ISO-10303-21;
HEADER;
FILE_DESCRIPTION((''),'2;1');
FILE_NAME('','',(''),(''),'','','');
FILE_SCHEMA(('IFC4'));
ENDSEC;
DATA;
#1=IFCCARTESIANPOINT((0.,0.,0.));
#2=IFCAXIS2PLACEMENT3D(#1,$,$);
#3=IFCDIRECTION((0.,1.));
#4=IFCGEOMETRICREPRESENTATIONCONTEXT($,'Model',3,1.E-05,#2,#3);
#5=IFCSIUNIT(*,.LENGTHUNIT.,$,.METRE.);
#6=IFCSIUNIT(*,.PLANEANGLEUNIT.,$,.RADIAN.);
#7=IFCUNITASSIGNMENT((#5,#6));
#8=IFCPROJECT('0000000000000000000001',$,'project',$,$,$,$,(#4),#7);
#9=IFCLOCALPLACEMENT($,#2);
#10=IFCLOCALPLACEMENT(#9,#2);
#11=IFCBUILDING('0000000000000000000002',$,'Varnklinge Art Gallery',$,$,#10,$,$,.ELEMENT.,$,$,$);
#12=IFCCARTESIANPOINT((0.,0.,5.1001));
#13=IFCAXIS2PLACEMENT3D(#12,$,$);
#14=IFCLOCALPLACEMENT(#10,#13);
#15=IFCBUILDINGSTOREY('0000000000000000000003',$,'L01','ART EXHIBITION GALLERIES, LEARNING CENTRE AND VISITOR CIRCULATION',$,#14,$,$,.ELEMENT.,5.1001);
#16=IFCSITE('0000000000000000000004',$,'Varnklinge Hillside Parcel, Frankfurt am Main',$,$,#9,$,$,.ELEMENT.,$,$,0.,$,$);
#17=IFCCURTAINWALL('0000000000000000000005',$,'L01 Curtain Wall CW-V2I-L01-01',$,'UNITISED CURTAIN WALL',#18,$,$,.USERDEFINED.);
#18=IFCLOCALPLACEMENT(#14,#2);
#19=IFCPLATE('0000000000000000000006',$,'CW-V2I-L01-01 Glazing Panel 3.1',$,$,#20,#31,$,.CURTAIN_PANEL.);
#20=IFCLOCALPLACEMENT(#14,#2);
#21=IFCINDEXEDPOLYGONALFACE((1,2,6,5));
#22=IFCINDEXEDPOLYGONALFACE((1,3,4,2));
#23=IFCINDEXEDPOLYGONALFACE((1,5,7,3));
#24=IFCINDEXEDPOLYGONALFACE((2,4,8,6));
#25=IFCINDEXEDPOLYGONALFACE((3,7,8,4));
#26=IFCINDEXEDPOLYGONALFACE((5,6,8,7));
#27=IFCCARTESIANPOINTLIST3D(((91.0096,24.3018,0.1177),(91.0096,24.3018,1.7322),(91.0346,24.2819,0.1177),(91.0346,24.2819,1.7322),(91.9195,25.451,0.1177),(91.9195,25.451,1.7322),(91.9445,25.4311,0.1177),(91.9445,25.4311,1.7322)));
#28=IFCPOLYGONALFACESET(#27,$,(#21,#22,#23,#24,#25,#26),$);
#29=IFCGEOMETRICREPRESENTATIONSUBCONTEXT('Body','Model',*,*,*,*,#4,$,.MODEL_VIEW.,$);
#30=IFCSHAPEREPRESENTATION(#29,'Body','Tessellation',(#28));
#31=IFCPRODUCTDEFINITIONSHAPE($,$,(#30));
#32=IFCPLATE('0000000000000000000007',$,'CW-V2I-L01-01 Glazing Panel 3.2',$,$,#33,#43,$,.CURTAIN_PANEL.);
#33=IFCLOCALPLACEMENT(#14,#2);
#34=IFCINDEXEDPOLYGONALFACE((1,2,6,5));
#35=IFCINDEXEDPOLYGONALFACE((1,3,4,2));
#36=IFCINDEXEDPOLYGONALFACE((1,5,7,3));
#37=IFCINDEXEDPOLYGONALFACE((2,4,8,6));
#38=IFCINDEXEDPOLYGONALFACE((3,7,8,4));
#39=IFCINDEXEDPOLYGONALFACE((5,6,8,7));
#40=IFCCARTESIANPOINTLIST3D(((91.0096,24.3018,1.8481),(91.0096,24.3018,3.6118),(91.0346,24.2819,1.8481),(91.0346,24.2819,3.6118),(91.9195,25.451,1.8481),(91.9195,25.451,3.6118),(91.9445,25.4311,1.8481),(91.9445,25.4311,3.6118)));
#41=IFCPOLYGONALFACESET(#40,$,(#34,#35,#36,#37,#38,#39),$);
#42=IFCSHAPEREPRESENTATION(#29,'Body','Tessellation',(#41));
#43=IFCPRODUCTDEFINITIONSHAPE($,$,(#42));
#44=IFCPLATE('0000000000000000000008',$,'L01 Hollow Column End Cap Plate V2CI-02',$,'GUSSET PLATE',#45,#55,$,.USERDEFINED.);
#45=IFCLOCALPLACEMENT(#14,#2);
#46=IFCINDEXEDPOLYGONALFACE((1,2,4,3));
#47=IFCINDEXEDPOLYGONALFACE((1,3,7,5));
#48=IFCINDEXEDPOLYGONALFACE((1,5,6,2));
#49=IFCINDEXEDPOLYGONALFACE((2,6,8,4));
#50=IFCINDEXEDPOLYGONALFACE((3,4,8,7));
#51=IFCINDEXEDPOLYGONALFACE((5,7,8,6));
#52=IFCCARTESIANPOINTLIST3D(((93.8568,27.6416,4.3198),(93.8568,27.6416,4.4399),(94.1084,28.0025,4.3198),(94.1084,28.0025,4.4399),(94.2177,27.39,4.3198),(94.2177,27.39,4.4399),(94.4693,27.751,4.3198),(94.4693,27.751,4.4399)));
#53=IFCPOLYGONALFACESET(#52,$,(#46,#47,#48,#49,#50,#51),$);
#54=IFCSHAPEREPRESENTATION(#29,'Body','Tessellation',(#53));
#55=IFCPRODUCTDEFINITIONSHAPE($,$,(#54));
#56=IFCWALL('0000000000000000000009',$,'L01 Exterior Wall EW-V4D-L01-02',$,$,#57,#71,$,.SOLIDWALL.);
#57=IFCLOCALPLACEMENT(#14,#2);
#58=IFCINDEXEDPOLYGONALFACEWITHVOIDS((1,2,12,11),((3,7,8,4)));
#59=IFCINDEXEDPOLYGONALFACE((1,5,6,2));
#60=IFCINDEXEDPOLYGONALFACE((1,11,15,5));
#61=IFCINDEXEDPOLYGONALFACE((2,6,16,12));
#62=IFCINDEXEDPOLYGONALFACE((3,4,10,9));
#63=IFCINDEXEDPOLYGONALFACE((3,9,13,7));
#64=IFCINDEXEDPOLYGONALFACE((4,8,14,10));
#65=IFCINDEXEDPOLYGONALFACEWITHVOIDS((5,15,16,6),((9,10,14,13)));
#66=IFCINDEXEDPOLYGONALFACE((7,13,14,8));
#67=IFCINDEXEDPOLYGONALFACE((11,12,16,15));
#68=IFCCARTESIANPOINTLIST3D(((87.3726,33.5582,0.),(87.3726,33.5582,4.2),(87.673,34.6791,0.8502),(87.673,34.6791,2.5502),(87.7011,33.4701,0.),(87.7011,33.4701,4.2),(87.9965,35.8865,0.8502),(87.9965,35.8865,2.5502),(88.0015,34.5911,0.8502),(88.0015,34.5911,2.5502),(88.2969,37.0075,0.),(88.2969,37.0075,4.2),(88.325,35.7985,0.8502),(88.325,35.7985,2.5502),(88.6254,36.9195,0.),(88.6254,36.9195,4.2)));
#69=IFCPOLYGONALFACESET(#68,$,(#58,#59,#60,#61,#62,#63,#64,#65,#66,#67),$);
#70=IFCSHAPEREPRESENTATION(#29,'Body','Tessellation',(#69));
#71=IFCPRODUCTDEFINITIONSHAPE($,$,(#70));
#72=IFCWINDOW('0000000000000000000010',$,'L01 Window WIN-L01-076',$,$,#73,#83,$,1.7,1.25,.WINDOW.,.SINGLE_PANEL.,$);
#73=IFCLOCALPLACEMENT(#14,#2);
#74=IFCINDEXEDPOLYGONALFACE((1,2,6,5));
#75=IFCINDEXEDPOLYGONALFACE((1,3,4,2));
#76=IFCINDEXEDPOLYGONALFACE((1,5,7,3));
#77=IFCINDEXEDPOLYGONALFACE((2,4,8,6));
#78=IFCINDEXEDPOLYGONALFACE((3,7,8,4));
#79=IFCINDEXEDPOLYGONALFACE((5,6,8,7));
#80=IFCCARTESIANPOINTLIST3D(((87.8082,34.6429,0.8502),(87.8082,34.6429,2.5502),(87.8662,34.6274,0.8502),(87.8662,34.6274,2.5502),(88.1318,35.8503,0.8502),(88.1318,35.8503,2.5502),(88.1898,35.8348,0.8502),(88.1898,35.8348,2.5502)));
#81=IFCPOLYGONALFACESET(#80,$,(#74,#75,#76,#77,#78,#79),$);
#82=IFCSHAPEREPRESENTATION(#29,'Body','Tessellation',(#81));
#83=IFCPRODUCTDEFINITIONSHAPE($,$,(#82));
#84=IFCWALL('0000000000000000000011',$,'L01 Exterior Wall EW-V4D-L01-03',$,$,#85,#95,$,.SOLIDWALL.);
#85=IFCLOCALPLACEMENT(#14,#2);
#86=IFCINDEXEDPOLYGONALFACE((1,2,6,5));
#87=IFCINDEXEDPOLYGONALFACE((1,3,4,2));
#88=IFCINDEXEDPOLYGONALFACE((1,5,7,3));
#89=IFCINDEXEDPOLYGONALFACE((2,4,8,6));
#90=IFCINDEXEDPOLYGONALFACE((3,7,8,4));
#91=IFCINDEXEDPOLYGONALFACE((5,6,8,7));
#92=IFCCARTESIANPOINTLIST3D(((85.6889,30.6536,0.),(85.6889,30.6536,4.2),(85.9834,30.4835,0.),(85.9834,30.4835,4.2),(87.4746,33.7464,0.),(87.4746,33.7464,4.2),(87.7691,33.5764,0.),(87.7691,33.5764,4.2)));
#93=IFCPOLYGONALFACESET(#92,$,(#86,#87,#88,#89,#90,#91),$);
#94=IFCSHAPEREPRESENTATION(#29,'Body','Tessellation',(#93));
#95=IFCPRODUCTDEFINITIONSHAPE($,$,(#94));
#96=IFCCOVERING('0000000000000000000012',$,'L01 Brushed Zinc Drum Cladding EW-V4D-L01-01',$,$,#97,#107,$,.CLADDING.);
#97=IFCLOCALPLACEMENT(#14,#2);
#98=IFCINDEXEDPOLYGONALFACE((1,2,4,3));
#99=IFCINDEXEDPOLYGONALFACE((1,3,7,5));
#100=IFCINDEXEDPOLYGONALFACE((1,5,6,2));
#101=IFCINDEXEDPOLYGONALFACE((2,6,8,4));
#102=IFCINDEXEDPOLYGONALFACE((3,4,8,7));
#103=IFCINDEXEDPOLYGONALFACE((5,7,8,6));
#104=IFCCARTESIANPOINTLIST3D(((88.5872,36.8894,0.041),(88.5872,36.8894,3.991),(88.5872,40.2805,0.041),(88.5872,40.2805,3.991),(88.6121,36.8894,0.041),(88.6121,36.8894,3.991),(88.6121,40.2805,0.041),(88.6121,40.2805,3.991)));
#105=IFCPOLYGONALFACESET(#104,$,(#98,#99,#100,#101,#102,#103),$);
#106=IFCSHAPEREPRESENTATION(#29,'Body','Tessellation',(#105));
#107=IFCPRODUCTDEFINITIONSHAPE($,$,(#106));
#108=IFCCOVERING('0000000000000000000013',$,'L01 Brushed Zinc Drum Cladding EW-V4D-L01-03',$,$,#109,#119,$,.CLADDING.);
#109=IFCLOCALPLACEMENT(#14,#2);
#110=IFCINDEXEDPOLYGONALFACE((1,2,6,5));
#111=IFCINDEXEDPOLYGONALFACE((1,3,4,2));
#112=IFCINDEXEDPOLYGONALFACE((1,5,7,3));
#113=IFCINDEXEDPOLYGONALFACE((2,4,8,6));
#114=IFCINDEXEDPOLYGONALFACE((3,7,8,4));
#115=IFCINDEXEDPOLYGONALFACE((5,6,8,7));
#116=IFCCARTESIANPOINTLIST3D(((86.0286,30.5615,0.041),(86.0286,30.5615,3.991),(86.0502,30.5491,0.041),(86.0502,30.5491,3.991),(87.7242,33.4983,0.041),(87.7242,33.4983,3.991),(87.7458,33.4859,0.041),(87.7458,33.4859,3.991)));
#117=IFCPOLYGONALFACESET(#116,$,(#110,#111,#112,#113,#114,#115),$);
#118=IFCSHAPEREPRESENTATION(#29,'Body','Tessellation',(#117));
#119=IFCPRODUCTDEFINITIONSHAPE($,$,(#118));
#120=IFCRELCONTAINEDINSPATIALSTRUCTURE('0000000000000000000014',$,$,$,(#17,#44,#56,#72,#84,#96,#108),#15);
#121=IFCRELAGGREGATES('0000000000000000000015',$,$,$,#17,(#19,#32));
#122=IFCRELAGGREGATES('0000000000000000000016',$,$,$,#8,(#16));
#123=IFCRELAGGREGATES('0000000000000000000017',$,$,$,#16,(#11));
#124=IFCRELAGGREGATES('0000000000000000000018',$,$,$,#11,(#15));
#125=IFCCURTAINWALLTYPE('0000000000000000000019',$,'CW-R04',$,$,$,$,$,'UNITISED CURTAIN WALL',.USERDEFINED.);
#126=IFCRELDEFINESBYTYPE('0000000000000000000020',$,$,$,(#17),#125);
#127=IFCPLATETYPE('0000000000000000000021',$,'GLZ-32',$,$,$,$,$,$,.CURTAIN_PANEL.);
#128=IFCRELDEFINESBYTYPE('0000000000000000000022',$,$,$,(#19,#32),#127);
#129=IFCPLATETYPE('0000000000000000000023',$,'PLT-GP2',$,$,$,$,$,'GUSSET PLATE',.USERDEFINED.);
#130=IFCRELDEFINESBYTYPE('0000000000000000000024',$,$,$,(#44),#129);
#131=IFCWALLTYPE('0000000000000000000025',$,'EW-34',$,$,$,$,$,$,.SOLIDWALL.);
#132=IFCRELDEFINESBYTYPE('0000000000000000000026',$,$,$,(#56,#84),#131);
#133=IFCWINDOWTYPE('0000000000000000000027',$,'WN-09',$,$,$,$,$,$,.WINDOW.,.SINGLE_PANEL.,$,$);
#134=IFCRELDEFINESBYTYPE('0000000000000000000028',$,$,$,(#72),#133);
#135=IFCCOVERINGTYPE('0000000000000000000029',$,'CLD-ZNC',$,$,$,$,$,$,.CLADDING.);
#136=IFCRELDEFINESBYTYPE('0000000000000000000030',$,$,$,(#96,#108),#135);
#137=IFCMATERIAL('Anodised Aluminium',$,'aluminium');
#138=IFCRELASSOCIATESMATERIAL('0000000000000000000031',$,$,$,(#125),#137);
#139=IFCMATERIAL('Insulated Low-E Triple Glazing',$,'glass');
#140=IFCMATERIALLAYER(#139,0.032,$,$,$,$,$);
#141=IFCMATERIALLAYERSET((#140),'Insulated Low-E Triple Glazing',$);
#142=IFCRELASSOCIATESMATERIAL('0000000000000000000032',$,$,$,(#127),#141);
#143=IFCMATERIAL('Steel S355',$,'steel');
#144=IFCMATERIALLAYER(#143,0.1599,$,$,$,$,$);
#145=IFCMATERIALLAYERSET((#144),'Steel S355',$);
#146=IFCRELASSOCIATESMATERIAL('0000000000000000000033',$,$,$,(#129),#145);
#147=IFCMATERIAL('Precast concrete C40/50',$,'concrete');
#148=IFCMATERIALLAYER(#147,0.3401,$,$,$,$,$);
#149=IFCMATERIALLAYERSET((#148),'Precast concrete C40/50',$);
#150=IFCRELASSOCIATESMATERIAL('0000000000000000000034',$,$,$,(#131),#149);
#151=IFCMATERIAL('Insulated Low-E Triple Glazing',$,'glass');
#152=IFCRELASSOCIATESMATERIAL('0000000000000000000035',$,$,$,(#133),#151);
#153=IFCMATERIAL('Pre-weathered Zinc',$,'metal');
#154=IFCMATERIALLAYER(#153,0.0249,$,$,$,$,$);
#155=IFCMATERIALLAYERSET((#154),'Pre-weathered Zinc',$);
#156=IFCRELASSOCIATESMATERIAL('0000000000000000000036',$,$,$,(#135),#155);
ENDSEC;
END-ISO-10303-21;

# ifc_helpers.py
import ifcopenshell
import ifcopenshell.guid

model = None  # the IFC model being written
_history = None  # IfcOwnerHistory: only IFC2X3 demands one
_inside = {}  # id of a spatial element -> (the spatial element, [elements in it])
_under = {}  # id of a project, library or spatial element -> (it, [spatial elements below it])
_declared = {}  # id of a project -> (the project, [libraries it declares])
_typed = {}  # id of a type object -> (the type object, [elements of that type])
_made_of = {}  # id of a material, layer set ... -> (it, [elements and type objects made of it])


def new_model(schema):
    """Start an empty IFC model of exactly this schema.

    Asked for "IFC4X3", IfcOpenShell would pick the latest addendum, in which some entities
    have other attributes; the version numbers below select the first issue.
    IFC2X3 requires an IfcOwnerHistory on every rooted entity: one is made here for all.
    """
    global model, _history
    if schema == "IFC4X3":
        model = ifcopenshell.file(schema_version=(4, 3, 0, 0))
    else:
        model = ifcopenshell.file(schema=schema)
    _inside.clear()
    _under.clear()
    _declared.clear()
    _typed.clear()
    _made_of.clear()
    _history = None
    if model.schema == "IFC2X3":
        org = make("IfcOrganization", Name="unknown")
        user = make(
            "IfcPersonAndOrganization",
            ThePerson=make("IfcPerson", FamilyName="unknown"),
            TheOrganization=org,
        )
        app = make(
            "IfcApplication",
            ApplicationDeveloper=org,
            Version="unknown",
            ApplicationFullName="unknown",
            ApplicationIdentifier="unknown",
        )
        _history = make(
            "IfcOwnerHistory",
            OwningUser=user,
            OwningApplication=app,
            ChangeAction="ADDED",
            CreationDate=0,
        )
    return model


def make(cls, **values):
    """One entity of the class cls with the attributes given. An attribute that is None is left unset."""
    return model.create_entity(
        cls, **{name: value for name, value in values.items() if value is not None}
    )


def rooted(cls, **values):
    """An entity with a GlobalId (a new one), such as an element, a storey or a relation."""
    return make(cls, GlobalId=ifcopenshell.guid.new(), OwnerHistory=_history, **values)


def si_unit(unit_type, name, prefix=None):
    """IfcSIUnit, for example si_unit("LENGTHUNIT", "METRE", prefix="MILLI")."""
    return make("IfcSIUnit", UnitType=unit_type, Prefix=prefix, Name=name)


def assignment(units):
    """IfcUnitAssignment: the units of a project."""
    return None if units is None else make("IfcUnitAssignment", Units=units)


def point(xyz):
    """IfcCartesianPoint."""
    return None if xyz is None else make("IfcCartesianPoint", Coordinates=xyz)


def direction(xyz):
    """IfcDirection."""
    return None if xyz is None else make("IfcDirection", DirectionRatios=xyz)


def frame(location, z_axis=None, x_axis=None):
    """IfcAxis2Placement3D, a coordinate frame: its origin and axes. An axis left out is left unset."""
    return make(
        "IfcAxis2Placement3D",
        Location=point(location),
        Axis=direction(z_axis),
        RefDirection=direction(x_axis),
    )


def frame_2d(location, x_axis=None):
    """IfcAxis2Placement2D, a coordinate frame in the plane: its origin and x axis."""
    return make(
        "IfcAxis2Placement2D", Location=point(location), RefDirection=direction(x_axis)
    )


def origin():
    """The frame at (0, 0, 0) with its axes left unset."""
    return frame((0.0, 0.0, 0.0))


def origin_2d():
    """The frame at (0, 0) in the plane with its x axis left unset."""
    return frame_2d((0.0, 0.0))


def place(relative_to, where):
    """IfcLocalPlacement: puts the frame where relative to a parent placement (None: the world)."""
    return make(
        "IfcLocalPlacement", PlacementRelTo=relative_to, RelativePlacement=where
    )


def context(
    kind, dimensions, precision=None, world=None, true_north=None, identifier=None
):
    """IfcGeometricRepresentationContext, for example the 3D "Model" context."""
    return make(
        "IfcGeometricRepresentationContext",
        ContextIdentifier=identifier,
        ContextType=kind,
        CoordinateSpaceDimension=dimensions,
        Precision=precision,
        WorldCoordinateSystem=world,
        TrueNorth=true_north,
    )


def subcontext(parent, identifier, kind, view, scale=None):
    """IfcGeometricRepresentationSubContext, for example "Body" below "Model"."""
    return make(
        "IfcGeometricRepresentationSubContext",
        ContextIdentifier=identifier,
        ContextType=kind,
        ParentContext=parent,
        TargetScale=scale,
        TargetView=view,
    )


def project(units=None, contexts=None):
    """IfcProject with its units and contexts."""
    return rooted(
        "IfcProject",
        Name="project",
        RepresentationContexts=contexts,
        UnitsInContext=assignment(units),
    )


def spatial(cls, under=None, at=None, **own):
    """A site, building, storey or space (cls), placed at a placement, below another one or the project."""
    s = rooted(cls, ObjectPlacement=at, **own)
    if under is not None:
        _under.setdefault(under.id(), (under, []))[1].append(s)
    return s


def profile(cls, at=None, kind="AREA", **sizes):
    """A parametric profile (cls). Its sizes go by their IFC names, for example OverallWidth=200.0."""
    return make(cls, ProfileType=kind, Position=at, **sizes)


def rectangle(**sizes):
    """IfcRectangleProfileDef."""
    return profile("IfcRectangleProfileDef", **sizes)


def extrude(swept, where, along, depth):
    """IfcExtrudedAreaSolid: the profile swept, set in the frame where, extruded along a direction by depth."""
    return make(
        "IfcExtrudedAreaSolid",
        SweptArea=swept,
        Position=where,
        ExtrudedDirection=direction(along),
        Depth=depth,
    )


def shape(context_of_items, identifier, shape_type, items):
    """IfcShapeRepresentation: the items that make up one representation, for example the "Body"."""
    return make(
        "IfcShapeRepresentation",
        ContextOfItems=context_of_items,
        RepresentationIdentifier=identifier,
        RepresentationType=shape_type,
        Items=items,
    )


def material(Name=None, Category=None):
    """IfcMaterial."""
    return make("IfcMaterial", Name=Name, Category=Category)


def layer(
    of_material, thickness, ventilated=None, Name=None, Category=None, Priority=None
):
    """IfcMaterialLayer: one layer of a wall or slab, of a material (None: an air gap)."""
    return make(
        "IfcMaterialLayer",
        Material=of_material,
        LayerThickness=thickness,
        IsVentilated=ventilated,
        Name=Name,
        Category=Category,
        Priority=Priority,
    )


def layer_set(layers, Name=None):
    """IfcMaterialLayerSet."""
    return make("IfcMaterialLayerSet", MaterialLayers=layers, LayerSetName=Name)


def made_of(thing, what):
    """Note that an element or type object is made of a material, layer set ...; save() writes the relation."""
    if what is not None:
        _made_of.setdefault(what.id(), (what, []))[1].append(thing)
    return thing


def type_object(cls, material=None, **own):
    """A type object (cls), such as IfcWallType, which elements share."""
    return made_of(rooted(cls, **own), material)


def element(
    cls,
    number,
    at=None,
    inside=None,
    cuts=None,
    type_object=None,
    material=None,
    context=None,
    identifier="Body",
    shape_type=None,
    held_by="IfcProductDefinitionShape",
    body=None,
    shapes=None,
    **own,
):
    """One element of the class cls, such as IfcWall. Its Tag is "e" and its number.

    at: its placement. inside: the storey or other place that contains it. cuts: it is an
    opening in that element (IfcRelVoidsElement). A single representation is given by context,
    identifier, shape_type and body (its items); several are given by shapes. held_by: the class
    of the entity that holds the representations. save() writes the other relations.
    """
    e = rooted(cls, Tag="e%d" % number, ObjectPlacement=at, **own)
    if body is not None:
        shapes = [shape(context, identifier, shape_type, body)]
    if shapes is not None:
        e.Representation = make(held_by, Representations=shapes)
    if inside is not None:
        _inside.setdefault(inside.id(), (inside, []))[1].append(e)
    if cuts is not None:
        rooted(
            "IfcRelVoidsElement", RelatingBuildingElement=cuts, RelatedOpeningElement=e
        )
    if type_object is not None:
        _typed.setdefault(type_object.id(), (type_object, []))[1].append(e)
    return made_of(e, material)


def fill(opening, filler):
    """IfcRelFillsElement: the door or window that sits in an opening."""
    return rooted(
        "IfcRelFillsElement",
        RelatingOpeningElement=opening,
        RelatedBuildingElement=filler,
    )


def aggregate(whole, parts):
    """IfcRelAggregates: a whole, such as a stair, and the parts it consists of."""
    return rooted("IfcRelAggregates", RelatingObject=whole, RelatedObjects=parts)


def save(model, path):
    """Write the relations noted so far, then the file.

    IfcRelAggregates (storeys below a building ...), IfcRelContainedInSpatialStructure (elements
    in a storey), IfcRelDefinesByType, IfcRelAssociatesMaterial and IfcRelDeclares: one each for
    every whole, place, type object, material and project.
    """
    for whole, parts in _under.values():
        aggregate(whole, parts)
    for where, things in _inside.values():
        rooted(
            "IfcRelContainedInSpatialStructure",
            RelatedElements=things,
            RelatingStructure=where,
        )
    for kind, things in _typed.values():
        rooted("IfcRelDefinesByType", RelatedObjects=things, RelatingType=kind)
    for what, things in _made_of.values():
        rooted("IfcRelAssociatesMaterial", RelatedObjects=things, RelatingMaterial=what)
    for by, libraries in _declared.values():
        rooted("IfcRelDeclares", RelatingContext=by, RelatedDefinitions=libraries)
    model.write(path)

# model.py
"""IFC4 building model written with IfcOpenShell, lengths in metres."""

from ifc_helpers import new_model, si_unit, direction, frame, frame_2d, origin, origin_2d, place, context, subcontext, project, spatial, rectangle, extrude, material, layer, layer_set, type_object, element, fill, aggregate, save


model = new_model("IFC4")

# Units and contexts
model_context = context("Model", 3, precision=1e-05, world=origin(), true_north=direction((0.0, 1.0)))
body_context = subcontext(model_context, "Body", "Model", "MODEL_VIEW")
ifc_project = project(units=[si_unit("LENGTHUNIT", "METRE"), si_unit("PLANEANGLEUNIT", "RADIAN")], contexts=[model_context])

# Site, building, storey
site_placement = place(None, origin())
site = spatial("IfcSite", under=ifc_project, at=site_placement, Name="Varnklinge Hillside Parcel, Frankfurt am Main", CompositionType="ELEMENT", RefElevation=0.0)
building_placement = place(site_placement, origin())
building = spatial("IfcBuilding", under=site, at=building_placement, Name="Varnklinge Art Gallery", CompositionType="ELEMENT")
storey_placement = place(building_placement, frame((0.0, 0.0, 5.1001)))
storey = spatial("IfcBuildingStorey", under=building, at=storey_placement, Name="L01", Description="ART EXHIBITION GALLERIES, LEARNING CENTRE AND VISITOR CIRCULATION", CompositionType="ELEMENT", Elevation=5.1001)

# Curtain wall
ifc_material_1 = material(Name="Anodised Aluminium", Category="aluminium")
curtain_wall_type = type_object("IfcCurtainWallType", Name="CW-R04", ElementType="UNITISED CURTAIN WALL", PredefinedType="USERDEFINED", material=ifc_material_1)
curtain_wall_1_placement = place(storey_placement, origin())
curtain_wall_1 = element("IfcCurtainWall", 1, at=curtain_wall_1_placement, inside=storey, type_object=curtain_wall_type, Name="L01 Curtain Wall CW-V2I-L01-01", ObjectType="UNITISED CURTAIN WALL", PredefinedType="USERDEFINED")

# Plates
ifc_material_2 = material(Name="Insulated Low-E Triple Glazing", Category="glass")
ifc_layer_1 = layer(ifc_material_2, 0.032)
ifc_layer_set_1 = layer_set([ifc_layer_1], Name="Insulated Low-E Triple Glazing")
plate_type_1 = type_object("IfcPlateType", Name="GLZ-32", PredefinedType="CURTAIN_PANEL", material=ifc_layer_set_1)
plate_1_placement = place(storey_placement, frame((91.4771, 24.8665, 0.1177), z_axis=(0.0, 0.0, 1.0), x_axis=(-0.620737, -0.784019, 0.0)))
plate_1 = element("IfcPlate", 2, at=plate_1_placement, type_object=plate_type_1, Name="CW-V2I-L01-01 Glazing Panel 3.1", PredefinedType="CURTAIN_PANEL", context=body_context, shape_type="SweptSolid", body=[
    extrude(rectangle(XDim=1.4658, YDim=0.032, at=origin_2d()), origin(), (0.0, 0.0, 1.0), 1.6145),
])
plate_2_placement = place(storey_placement, frame((91.4771, 24.8665, 1.8481), z_axis=(0.0, 0.0, 1.0), x_axis=(-0.620737, -0.784019, 0.0)))
plate_2 = element("IfcPlate", 3, at=plate_2_placement, type_object=plate_type_1, Name="CW-V2I-L01-01 Glazing Panel 3.2", PredefinedType="CURTAIN_PANEL", context=body_context, shape_type="SweptSolid", body=[
    extrude(rectangle(XDim=1.4658, YDim=0.032, at=origin_2d()), origin(), (0.0, 0.0, 1.0), 1.7637),
])
aggregate(curtain_wall_1, [plate_1, plate_2])
ifc_material_3 = material(Name="Steel S355", Category="steel")
ifc_layer_2 = layer(ifc_material_3, 0.1599)
ifc_layer_set_2 = layer_set([ifc_layer_2], Name="Steel S355")
plate_type_2 = type_object("IfcPlateType", Name="PLT-GP2", ElementType="GUSSET PLATE", PredefinedType="USERDEFINED", material=ifc_layer_set_2)
plate_3_placement = place(storey_placement, frame((94.1631, 27.6963, 4.3198), z_axis=(0.0, 0.0, 1.0), x_axis=(-0.820352, 0.57186, 0.0)))
element("IfcPlate", 4, at=plate_3_placement, inside=storey, type_object=plate_type_2, Name="L01 Hollow Column End Cap Plate V2CI-02", ObjectType="GUSSET PLATE", PredefinedType="USERDEFINED", context=body_context, shape_type="SweptSolid", body=[
    extrude(rectangle(XDim=0.4399, YDim=0.4399, at=origin_2d()), origin(), (0.0, 0.0, 1.0), 0.1201),
])

# Wall, opening, window
ifc_material_4 = material(Name="Precast concrete C40/50", Category="concrete")
ifc_layer_3 = layer(ifc_material_4, 0.3401)
ifc_layer_set_3 = layer_set([ifc_layer_3], Name="Precast concrete C40/50")
wall_type = type_object("IfcWallType", Name="EW-34", PredefinedType="SOLIDWALL", material=ifc_layer_set_3)
wall_1_placement = place(storey_placement, frame((88.4612, 36.9636, 0.0), z_axis=(0.0, 0.0, 1.0), x_axis=(-0.258828, -0.965923, 0.0)))
wall_1 = element("IfcWall", 5, at=wall_1_placement, inside=storey, type_object=wall_type, Name="L01 Exterior Wall EW-V4D-L01-02", PredefinedType="SOLIDWALL", context=body_context, shape_type="SweptSolid", body=[
    extrude(rectangle(XDim=3.571, YDim=0.3401, at=frame_2d((1.7856, 0.0))), origin(), (0.0, 0.0, 1.0), 4.2),
])
opening_placement = place(wall_1_placement, frame((1.1606, 0.0, 0.8501)))
opening = element("IfcOpeningElement", 6, at=opening_placement, cuts=wall_1, PredefinedType="OPENING", context=body_context, shape_type="SweptSolid", body=[
    extrude(rectangle(XDim=1.25, YDim=1.7, at=frame_2d((0.625, 0.8501))), frame((0.0, 0.1799, 0.0), z_axis=(0.0, -1.0, 0.0), x_axis=(1.0, 0.0, 0.0)), (0.0, 0.0, 1.0), 0.3601),
])
ifc_material_5 = material(Name="Insulated Low-E Triple Glazing", Category="glass")
window_type = type_object("IfcWindowType", Name="WN-09", PartitioningType="SINGLE_PANEL", PredefinedType="WINDOW", material=ifc_material_5)
window_placement = place(opening_placement, origin())
window = element("IfcWindow", 7, at=window_placement, inside=storey, type_object=window_type, Name="L01 Window WIN-L01-076", OverallHeight=1.7, OverallWidth=1.25, PartitioningType="SINGLE_PANEL", PredefinedType="WINDOW", context=body_context, shape_type="SweptSolid", body=[
    extrude(rectangle(XDim=1.25, YDim=1.7, at=frame_2d((0.625, 0.8501))), frame((0.0, 0.03, 0.0), z_axis=(0.0, -1.0, 0.0), x_axis=(1.0, 0.0, 0.0)), (0.0, 0.0, 1.0), 0.0601),
])
fill(opening, window)

# Wall
wall_2_placement = place(storey_placement, frame((87.6218, 33.6614, 0.0), z_axis=(0.0, 0.0, 1.0), x_axis=(-0.500007, -0.866022, 0.0)))
element("IfcWall", 8, at=wall_2_placement, inside=storey, type_object=wall_type, Name="L01 Exterior Wall EW-V4D-L01-03", PredefinedType="SOLIDWALL", context=body_context, shape_type="SweptSolid", body=[
    extrude(rectangle(XDim=3.5713, YDim=0.3401, at=frame_2d((1.7856, 0.0))), origin(), (0.0, 0.0, 1.0), 4.2),
])

# Coverings
ifc_material_6 = material(Name="Pre-weathered Zinc", Category="metal")
ifc_layer_4 = layer(ifc_material_6, 0.0249)
ifc_layer_set_4 = layer_set([ifc_layer_4], Name="Pre-weathered Zinc")
covering_type = type_object("IfcCoveringType", Name="CLD-ZNC", PredefinedType="CLADDING", material=ifc_layer_set_4)
for number, where, z_axis, x_axis, name in (
    (9, (88.5996, 38.585, 0.041), (0.0, 0.0, 1.0), (0.0, -1.0, 0.0), "L01 Brushed Zinc Drum Cladding EW-V4D-L01-01"),
    (10, (86.8872, 32.0237, 0.041), (0.0, 0.0, 1.0), (-0.5, -0.866025, 0.0), "L01 Brushed Zinc Drum Cladding EW-V4D-L01-03"),
):
    element("IfcCovering", number, at=place(storey_placement, frame(where, z_axis=z_axis, x_axis=x_axis)), inside=storey, type_object=covering_type, Name=name, PredefinedType="CLADDING", context=body_context, shape_type="SweptSolid", body=[
        extrude(rectangle(XDim=3.3911, YDim=0.0249, at=origin_2d()), origin(), (0.0, 0.0, 1.0), 3.95),
    ])

save(model, "model.ifc")
